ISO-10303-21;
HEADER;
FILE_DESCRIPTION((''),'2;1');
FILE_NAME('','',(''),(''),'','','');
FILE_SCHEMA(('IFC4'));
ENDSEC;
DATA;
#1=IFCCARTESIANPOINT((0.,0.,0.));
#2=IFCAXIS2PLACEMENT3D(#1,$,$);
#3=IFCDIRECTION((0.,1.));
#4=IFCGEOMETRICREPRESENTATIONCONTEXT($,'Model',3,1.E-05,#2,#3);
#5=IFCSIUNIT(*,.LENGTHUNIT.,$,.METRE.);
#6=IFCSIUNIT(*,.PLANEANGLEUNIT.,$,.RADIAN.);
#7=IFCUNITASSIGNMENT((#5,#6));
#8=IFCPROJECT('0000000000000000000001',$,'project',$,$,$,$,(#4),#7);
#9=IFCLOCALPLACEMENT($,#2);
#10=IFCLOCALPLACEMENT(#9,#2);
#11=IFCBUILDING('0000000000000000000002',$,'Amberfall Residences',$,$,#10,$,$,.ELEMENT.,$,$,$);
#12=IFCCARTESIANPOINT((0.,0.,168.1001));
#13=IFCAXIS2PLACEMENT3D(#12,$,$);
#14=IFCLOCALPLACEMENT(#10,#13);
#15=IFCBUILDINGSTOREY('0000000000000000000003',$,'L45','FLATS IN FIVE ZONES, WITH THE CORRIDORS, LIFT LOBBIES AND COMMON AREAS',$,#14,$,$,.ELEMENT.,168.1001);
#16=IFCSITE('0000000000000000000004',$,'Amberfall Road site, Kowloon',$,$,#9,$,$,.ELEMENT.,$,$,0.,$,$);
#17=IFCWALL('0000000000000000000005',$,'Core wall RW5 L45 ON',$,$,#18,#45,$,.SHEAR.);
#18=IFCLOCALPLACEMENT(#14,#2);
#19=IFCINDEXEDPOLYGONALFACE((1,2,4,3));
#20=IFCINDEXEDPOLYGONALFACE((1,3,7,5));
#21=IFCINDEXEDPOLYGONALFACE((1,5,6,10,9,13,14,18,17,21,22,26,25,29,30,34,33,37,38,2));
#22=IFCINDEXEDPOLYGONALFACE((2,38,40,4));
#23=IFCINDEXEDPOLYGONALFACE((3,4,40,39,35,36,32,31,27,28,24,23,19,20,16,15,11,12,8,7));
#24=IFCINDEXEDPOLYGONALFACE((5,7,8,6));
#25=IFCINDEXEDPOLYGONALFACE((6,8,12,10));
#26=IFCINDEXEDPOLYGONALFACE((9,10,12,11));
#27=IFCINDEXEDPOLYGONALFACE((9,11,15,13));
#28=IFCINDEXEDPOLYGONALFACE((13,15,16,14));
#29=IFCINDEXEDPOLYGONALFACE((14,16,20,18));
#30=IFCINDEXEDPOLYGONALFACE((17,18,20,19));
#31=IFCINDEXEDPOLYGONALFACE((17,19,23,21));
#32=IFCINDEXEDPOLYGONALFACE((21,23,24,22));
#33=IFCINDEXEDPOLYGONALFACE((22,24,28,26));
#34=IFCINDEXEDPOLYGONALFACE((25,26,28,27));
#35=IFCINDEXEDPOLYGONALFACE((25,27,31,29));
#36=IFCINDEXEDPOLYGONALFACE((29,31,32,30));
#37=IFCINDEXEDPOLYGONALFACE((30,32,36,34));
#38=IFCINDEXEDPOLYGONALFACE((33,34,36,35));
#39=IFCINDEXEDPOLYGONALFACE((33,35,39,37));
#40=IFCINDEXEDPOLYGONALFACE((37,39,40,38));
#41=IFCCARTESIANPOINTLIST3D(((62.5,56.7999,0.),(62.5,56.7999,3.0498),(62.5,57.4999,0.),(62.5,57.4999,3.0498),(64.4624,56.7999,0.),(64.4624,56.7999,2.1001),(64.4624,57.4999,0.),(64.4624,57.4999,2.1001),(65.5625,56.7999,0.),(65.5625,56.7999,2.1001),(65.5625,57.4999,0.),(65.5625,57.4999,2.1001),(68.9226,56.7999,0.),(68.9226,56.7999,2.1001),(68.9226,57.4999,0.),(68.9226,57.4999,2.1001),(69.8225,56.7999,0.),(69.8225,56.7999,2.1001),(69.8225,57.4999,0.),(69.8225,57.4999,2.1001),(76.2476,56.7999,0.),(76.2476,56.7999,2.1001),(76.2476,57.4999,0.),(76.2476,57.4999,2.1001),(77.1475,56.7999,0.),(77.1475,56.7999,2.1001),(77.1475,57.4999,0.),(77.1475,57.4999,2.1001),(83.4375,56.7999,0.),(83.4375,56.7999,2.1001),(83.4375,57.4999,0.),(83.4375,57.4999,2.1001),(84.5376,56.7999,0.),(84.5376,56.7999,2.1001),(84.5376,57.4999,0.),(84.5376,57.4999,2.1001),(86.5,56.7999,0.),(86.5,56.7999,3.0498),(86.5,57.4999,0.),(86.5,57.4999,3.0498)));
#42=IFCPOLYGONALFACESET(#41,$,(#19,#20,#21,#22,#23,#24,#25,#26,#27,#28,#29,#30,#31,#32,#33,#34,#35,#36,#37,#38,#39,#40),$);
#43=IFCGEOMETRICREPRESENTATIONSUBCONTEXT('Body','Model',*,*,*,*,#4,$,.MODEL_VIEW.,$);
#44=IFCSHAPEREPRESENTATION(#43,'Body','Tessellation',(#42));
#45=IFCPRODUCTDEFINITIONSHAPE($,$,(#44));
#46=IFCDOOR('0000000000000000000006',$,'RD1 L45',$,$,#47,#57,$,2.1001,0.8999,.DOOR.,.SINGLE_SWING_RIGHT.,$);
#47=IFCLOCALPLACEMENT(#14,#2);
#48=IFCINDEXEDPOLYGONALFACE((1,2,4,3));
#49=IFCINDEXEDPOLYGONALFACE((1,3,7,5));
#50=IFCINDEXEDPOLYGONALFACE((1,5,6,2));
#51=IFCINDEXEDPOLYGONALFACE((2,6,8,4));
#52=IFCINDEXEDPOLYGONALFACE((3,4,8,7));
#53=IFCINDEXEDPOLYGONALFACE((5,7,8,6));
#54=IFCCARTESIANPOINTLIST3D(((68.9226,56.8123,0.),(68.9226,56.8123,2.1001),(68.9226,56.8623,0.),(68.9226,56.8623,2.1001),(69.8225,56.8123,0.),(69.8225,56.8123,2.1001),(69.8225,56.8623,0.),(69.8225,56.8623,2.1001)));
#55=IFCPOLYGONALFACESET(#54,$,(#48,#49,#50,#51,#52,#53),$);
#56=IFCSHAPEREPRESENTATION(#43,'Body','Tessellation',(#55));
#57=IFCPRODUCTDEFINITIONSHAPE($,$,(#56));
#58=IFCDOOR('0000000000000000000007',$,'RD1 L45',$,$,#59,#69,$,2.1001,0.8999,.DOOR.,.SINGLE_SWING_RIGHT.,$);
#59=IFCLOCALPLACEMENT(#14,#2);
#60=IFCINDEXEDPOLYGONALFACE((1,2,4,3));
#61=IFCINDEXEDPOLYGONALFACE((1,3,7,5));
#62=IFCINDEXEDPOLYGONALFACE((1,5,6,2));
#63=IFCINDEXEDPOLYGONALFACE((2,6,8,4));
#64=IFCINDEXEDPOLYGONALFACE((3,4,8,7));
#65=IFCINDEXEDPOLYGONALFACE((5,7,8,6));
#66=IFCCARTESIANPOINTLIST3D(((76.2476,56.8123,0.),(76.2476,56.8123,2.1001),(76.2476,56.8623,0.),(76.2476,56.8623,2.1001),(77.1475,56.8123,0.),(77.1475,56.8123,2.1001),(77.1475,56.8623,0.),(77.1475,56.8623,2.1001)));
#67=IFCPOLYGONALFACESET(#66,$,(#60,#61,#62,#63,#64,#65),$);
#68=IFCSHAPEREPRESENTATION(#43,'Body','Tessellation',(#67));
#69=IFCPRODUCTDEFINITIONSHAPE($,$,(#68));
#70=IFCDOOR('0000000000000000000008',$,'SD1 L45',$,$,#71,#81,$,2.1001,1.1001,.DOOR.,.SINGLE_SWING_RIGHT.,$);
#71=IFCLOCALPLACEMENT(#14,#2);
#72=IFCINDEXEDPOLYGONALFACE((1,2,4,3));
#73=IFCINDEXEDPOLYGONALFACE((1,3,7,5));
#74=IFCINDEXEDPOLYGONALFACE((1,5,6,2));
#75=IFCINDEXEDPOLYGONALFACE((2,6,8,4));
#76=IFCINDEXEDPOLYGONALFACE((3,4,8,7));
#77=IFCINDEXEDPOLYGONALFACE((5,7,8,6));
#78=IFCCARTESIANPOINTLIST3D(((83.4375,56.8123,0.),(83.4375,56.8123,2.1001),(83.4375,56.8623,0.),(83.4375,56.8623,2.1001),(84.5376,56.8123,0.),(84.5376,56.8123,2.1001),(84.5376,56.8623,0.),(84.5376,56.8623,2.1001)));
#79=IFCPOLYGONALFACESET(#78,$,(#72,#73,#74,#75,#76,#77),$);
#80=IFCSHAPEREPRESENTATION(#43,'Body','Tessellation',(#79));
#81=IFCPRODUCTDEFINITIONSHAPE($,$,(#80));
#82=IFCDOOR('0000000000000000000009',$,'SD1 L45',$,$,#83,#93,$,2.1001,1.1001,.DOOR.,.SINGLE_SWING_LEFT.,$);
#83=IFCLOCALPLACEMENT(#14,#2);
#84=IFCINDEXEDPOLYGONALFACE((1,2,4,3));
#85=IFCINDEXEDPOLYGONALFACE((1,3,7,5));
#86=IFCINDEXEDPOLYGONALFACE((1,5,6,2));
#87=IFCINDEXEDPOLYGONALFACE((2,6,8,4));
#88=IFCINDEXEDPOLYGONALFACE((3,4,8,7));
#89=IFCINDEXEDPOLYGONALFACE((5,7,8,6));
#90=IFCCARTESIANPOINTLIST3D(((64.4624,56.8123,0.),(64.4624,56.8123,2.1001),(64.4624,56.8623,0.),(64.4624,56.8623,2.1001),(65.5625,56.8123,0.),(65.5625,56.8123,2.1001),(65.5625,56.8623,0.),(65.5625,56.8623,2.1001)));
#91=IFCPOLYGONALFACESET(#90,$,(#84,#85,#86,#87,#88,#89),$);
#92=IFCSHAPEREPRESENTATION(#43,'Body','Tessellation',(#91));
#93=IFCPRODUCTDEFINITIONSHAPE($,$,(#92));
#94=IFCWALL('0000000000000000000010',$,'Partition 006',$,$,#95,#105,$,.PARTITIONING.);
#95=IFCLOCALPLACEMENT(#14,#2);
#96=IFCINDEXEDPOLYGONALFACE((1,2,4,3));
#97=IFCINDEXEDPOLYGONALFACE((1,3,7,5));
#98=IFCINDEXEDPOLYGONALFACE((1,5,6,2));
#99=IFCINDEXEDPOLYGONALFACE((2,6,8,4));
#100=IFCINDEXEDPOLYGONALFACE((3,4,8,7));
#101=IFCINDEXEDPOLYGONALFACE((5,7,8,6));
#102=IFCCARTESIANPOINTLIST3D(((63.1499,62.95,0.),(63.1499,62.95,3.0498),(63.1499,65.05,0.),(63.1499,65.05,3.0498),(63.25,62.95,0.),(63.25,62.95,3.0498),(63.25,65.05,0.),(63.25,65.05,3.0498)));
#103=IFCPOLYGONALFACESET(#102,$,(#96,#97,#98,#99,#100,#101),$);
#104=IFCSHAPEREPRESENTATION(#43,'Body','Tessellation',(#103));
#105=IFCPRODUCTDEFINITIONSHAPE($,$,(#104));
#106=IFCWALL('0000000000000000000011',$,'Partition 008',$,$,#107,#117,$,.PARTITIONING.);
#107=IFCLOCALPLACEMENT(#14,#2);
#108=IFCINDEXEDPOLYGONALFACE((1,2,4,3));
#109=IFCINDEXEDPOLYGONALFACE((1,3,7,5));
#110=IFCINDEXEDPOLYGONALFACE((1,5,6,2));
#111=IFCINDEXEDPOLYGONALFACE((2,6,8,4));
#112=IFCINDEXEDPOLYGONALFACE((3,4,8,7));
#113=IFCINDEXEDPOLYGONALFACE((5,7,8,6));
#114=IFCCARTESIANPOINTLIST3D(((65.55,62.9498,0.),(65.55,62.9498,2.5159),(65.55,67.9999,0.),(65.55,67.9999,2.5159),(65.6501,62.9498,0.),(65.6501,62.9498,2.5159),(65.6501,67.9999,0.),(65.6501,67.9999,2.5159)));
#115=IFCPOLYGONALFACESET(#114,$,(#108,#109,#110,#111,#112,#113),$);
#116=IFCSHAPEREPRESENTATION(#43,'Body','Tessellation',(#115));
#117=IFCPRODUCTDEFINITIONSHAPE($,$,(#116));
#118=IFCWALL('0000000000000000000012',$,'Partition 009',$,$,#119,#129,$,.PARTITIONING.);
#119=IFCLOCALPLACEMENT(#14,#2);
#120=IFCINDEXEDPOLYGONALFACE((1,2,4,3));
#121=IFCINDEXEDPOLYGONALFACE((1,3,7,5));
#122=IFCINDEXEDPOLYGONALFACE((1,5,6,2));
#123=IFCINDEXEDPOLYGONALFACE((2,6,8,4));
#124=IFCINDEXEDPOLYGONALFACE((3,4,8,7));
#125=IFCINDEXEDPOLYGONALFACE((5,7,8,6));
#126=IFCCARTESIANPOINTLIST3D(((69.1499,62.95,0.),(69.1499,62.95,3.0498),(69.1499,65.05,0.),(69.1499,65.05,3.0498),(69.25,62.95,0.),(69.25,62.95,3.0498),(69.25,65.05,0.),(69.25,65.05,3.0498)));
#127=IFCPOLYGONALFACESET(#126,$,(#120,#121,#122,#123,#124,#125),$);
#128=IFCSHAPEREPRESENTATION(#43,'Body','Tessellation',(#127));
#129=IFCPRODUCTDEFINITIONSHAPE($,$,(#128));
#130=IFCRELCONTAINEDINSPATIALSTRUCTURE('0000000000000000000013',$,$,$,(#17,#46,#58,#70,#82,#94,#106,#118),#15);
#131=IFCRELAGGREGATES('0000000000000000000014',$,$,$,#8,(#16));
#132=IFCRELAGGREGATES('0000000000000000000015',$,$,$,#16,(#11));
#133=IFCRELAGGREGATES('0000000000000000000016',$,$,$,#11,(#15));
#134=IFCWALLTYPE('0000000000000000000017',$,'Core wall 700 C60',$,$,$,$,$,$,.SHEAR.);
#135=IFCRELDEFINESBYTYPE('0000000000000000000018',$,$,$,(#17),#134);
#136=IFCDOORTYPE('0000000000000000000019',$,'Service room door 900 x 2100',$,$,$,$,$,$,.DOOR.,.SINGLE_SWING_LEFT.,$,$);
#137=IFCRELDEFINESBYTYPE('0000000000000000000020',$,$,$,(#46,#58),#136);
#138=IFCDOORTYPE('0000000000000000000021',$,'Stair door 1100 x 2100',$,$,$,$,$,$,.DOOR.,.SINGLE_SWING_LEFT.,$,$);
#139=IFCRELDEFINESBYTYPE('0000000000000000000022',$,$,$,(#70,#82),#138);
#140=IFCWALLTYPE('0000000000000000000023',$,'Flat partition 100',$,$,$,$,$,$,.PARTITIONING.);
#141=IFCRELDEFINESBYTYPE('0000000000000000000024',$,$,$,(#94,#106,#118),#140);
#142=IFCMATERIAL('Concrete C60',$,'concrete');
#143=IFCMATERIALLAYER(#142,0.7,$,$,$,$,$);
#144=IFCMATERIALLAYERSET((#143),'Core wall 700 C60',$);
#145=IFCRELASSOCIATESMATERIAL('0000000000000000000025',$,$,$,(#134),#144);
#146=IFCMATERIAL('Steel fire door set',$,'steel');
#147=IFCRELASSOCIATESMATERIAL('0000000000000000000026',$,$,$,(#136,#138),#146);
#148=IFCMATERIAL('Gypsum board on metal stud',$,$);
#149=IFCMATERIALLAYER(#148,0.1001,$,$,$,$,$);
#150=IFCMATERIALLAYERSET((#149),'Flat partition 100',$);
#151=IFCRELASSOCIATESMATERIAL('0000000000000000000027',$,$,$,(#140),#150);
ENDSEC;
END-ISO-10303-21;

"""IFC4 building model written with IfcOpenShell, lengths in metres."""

from ifc_helpers import new_model, si_unit, direction, frame, frame_2d, origin, place, context, subcontext, project, spatial, rectangle, extrude, material, layer, layer_set, type_object, element, fill, save


model = new_model("IFC4")

# Units and contexts
model_context = context("Model", 3, precision=1e-05, world=origin(), true_north=direction((0.0, 1.0)))
body_context = subcontext(model_context, "Body", "Model", "MODEL_VIEW")
ifc_project = project(units=[si_unit("LENGTHUNIT", "METRE"), si_unit("PLANEANGLEUNIT", "RADIAN")], contexts=[model_context])

# Site, building, storey
site_placement = place(None, origin())
site = spatial("IfcSite", under=ifc_project, at=site_placement, Name="Amberfall Road site, Kowloon", CompositionType="ELEMENT", RefElevation=0.0)
building_placement = place(site_placement, origin())
building = spatial("IfcBuilding", under=site, at=building_placement, Name="Amberfall Residences", CompositionType="ELEMENT")
storey_placement = place(building_placement, frame((0.0, 0.0, 168.1001)))
storey = spatial("IfcBuildingStorey", under=building, at=storey_placement, Name="L45", Description="FLATS IN FIVE ZONES, WITH THE CORRIDORS, LIFT LOBBIES AND COMMON AREAS", CompositionType="ELEMENT", Elevation=168.1001)

# Wall, openings, doors
ifc_material_1 = material(Name="Concrete C60", Category="concrete")
ifc_layer_1 = layer(ifc_material_1, 0.7)
ifc_layer_set_1 = layer_set([ifc_layer_1], Name="Core wall 700 C60")
wall_type_1 = type_object("IfcWallType", Name="Core wall 700 C60", PredefinedType="SHEAR", material=ifc_layer_set_1)
wall_1_placement = place(storey_placement, frame((62.5, 57.1499, 0.0), z_axis=(0.0, 0.0, 1.0), x_axis=(1.0, 0.0, 0.0)))
wall_1 = element("IfcWall", 1, at=wall_1_placement, inside=storey, type_object=wall_type_1, Name="Core wall RW5 L45 ON", PredefinedType="SHEAR", context=body_context, shape_type="SweptSolid", body=[
    extrude(rectangle(XDim=24.0, YDim=0.7, at=frame_2d((12.0, 0.0))), origin(), (0.0, 0.0, 1.0), 3.0498),
])
opening_1_placement = place(wall_1_placement, frame((20.9375, 0.0, 0.0)))
opening_1 = element("IfcOpeningElement", 2, at=opening_1_placement, cuts=wall_1, PredefinedType="OPENING", context=body_context, shape_type="SweptSolid", body=[
    extrude(rectangle(XDim=1.1001, YDim=2.1001, at=frame_2d((0.55, 1.05))), frame((0.0, 0.3599, 0.0), z_axis=(0.0, -1.0, 0.0), x_axis=(1.0, 0.0, 0.0)), (0.0, 0.0, 1.0), 0.72),
])
opening_2_placement = place(wall_1_placement, frame((1.9624, 0.0, 0.0)))
opening_2 = element("IfcOpeningElement", 3, at=opening_2_placement, cuts=wall_1, PredefinedType="OPENING", context=body_context, shape_type="SweptSolid", body=[
    extrude(rectangle(XDim=1.1001, YDim=2.1001, at=frame_2d((0.55, 1.05))), frame((0.0, 0.3599, 0.0), z_axis=(0.0, -1.0, 0.0), x_axis=(1.0, 0.0, 0.0)), (0.0, 0.0, 1.0), 0.72),
])
opening_3_placement = place(wall_1_placement, frame((6.4226, 0.0, 0.0)))
opening_3 = element("IfcOpeningElement", 4, at=opening_3_placement, cuts=wall_1, PredefinedType="OPENING", context=body_context, shape_type="SweptSolid", body=[
    extrude(rectangle(XDim=0.8999, YDim=2.1001, at=frame_2d((0.45, 1.05))), frame((0.0, 0.3599, 0.0), z_axis=(0.0, -1.0, 0.0), x_axis=(1.0, 0.0, 0.0)), (0.0, 0.0, 1.0), 0.72),
])
opening_4_placement = place(wall_1_placement, frame((13.7476, 0.0, 0.0)))
opening_4 = element("IfcOpeningElement", 5, at=opening_4_placement, cuts=wall_1, PredefinedType="OPENING", context=body_context, shape_type="SweptSolid", body=[
    extrude(rectangle(XDim=0.8999, YDim=2.1001, at=frame_2d((0.45, 1.05))), frame((0.0, 0.3599, 0.0), z_axis=(0.0, -1.0, 0.0), x_axis=(1.0, 0.0, 0.0)), (0.0, 0.0, 1.0), 0.72),
])
ifc_material_2 = material(Name="Steel fire door set", Category="steel")
door_type_1 = type_object("IfcDoorType", Name="Service room door 900 x 2100", OperationType="SINGLE_SWING_LEFT", PredefinedType="DOOR", material=ifc_material_2)
door_1_placement = place(opening_3_placement, origin())
door_1 = element("IfcDoor", 6, at=door_1_placement, inside=storey, type_object=door_type_1, Name="RD1 L45", OperationType="SINGLE_SWING_RIGHT", OverallHeight=2.1001, OverallWidth=0.8999, PredefinedType="DOOR", context=body_context, shape_type="SweptSolid", body=[
    extrude(rectangle(XDim=0.8999, YDim=2.1001, at=frame_2d((0.45, 1.05))), frame((0.0, -0.2876, 0.0), z_axis=(0.0, -1.0, 0.0), x_axis=(1.0, 0.0, 0.0)), (0.0, 0.0, 1.0), 0.05),
])
fill(opening_3, door_1)
door_2_placement = place(opening_4_placement, origin())
door_2 = element("IfcDoor", 7, at=door_2_placement, inside=storey, type_object=door_type_1, Name="RD1 L45", OperationType="SINGLE_SWING_RIGHT", OverallHeight=2.1001, OverallWidth=0.8999, PredefinedType="DOOR", context=body_context, shape_type="SweptSolid", body=[
    extrude(rectangle(XDim=0.8999, YDim=2.1001, at=frame_2d((0.45, 1.05))), frame((0.0, -0.2876, 0.0), z_axis=(0.0, -1.0, 0.0), x_axis=(1.0, 0.0, 0.0)), (0.0, 0.0, 1.0), 0.05),
])
fill(opening_4, door_2)
door_type_2 = type_object("IfcDoorType", Name="Stair door 1100 x 2100", OperationType="SINGLE_SWING_LEFT", PredefinedType="DOOR", material=ifc_material_2)
door_3_placement = place(opening_1_placement, origin())
door_3 = element("IfcDoor", 8, at=door_3_placement, inside=storey, type_object=door_type_2, Name="SD1 L45", OperationType="SINGLE_SWING_RIGHT", OverallHeight=2.1001, OverallWidth=1.1001, PredefinedType="DOOR", context=body_context, shape_type="SweptSolid", body=[
    extrude(rectangle(XDim=1.1001, YDim=2.1001, at=frame_2d((0.55, 1.05))), frame((0.0, -0.2876, 0.0), z_axis=(0.0, -1.0, 0.0), x_axis=(1.0, 0.0, 0.0)), (0.0, 0.0, 1.0), 0.05),
])
fill(opening_1, door_3)
door_4_placement = place(opening_2_placement, origin())
door_4 = element("IfcDoor", 9, at=door_4_placement, inside=storey, type_object=door_type_2, Name="SD1 L45", OperationType="SINGLE_SWING_LEFT", OverallHeight=2.1001, OverallWidth=1.1001, PredefinedType="DOOR", context=body_context, shape_type="SweptSolid", body=[
    extrude(rectangle(XDim=1.1001, YDim=2.1001, at=frame_2d((0.55, 1.05))), frame((0.0, -0.2876, 0.0), z_axis=(0.0, -1.0, 0.0), x_axis=(1.0, 0.0, 0.0)), (0.0, 0.0, 1.0), 0.05),
])
fill(opening_2, door_4)

# Walls
ifc_material_3 = material(Name="Gypsum board on metal stud")
ifc_layer_2 = layer(ifc_material_3, 0.1001)
ifc_layer_set_2 = layer_set([ifc_layer_2], Name="Flat partition 100")
wall_type_2 = type_object("IfcWallType", Name="Flat partition 100", PredefinedType="PARTITIONING", material=ifc_layer_set_2)
wall_2_placement = place(storey_placement, frame((63.2, 62.95, 0.0), z_axis=(0.0, 0.0, 1.0), x_axis=(0.0, 1.0, 0.0)))
element("IfcWall", 10, at=wall_2_placement, inside=storey, type_object=wall_type_2, Name="Partition 006", PredefinedType="PARTITIONING", context=body_context, shape_type="SweptSolid", body=[
    extrude(rectangle(XDim=2.1001, YDim=0.1001, at=frame_2d((1.05, 0.0))), origin(), (0.0, 0.0, 1.0), 3.0498),
])
wall_3_placement = place(storey_placement, frame((65.6001, 62.95, 0.0), z_axis=(0.0, 0.0, 1.0), x_axis=(0.0, 1.0, 0.0)))
element("IfcWall", 11, at=wall_3_placement, inside=storey, type_object=wall_type_2, Name="Partition 008", PredefinedType="PARTITIONING", context=body_context, shape_type="SweptSolid", body=[
    extrude(rectangle(XDim=5.05, YDim=0.1001, at=frame_2d((2.5249, 0.0))), origin(), (0.0, 0.0, 1.0), 2.5159),
])
wall_4_placement = place(storey_placement, frame((69.2, 62.95, 0.0), z_axis=(0.0, 0.0, 1.0), x_axis=(0.0, 1.0, 0.0)))
element("IfcWall", 12, at=wall_4_placement, inside=storey, type_object=wall_type_2, Name="Partition 009", PredefinedType="PARTITIONING", context=body_context, shape_type="SweptSolid", body=[
    extrude(rectangle(XDim=2.1001, YDim=0.1001, at=frame_2d((1.05, 0.0))), origin(), (0.0, 0.0, 1.0), 3.0498),
])

save(model, "model.ifc")
